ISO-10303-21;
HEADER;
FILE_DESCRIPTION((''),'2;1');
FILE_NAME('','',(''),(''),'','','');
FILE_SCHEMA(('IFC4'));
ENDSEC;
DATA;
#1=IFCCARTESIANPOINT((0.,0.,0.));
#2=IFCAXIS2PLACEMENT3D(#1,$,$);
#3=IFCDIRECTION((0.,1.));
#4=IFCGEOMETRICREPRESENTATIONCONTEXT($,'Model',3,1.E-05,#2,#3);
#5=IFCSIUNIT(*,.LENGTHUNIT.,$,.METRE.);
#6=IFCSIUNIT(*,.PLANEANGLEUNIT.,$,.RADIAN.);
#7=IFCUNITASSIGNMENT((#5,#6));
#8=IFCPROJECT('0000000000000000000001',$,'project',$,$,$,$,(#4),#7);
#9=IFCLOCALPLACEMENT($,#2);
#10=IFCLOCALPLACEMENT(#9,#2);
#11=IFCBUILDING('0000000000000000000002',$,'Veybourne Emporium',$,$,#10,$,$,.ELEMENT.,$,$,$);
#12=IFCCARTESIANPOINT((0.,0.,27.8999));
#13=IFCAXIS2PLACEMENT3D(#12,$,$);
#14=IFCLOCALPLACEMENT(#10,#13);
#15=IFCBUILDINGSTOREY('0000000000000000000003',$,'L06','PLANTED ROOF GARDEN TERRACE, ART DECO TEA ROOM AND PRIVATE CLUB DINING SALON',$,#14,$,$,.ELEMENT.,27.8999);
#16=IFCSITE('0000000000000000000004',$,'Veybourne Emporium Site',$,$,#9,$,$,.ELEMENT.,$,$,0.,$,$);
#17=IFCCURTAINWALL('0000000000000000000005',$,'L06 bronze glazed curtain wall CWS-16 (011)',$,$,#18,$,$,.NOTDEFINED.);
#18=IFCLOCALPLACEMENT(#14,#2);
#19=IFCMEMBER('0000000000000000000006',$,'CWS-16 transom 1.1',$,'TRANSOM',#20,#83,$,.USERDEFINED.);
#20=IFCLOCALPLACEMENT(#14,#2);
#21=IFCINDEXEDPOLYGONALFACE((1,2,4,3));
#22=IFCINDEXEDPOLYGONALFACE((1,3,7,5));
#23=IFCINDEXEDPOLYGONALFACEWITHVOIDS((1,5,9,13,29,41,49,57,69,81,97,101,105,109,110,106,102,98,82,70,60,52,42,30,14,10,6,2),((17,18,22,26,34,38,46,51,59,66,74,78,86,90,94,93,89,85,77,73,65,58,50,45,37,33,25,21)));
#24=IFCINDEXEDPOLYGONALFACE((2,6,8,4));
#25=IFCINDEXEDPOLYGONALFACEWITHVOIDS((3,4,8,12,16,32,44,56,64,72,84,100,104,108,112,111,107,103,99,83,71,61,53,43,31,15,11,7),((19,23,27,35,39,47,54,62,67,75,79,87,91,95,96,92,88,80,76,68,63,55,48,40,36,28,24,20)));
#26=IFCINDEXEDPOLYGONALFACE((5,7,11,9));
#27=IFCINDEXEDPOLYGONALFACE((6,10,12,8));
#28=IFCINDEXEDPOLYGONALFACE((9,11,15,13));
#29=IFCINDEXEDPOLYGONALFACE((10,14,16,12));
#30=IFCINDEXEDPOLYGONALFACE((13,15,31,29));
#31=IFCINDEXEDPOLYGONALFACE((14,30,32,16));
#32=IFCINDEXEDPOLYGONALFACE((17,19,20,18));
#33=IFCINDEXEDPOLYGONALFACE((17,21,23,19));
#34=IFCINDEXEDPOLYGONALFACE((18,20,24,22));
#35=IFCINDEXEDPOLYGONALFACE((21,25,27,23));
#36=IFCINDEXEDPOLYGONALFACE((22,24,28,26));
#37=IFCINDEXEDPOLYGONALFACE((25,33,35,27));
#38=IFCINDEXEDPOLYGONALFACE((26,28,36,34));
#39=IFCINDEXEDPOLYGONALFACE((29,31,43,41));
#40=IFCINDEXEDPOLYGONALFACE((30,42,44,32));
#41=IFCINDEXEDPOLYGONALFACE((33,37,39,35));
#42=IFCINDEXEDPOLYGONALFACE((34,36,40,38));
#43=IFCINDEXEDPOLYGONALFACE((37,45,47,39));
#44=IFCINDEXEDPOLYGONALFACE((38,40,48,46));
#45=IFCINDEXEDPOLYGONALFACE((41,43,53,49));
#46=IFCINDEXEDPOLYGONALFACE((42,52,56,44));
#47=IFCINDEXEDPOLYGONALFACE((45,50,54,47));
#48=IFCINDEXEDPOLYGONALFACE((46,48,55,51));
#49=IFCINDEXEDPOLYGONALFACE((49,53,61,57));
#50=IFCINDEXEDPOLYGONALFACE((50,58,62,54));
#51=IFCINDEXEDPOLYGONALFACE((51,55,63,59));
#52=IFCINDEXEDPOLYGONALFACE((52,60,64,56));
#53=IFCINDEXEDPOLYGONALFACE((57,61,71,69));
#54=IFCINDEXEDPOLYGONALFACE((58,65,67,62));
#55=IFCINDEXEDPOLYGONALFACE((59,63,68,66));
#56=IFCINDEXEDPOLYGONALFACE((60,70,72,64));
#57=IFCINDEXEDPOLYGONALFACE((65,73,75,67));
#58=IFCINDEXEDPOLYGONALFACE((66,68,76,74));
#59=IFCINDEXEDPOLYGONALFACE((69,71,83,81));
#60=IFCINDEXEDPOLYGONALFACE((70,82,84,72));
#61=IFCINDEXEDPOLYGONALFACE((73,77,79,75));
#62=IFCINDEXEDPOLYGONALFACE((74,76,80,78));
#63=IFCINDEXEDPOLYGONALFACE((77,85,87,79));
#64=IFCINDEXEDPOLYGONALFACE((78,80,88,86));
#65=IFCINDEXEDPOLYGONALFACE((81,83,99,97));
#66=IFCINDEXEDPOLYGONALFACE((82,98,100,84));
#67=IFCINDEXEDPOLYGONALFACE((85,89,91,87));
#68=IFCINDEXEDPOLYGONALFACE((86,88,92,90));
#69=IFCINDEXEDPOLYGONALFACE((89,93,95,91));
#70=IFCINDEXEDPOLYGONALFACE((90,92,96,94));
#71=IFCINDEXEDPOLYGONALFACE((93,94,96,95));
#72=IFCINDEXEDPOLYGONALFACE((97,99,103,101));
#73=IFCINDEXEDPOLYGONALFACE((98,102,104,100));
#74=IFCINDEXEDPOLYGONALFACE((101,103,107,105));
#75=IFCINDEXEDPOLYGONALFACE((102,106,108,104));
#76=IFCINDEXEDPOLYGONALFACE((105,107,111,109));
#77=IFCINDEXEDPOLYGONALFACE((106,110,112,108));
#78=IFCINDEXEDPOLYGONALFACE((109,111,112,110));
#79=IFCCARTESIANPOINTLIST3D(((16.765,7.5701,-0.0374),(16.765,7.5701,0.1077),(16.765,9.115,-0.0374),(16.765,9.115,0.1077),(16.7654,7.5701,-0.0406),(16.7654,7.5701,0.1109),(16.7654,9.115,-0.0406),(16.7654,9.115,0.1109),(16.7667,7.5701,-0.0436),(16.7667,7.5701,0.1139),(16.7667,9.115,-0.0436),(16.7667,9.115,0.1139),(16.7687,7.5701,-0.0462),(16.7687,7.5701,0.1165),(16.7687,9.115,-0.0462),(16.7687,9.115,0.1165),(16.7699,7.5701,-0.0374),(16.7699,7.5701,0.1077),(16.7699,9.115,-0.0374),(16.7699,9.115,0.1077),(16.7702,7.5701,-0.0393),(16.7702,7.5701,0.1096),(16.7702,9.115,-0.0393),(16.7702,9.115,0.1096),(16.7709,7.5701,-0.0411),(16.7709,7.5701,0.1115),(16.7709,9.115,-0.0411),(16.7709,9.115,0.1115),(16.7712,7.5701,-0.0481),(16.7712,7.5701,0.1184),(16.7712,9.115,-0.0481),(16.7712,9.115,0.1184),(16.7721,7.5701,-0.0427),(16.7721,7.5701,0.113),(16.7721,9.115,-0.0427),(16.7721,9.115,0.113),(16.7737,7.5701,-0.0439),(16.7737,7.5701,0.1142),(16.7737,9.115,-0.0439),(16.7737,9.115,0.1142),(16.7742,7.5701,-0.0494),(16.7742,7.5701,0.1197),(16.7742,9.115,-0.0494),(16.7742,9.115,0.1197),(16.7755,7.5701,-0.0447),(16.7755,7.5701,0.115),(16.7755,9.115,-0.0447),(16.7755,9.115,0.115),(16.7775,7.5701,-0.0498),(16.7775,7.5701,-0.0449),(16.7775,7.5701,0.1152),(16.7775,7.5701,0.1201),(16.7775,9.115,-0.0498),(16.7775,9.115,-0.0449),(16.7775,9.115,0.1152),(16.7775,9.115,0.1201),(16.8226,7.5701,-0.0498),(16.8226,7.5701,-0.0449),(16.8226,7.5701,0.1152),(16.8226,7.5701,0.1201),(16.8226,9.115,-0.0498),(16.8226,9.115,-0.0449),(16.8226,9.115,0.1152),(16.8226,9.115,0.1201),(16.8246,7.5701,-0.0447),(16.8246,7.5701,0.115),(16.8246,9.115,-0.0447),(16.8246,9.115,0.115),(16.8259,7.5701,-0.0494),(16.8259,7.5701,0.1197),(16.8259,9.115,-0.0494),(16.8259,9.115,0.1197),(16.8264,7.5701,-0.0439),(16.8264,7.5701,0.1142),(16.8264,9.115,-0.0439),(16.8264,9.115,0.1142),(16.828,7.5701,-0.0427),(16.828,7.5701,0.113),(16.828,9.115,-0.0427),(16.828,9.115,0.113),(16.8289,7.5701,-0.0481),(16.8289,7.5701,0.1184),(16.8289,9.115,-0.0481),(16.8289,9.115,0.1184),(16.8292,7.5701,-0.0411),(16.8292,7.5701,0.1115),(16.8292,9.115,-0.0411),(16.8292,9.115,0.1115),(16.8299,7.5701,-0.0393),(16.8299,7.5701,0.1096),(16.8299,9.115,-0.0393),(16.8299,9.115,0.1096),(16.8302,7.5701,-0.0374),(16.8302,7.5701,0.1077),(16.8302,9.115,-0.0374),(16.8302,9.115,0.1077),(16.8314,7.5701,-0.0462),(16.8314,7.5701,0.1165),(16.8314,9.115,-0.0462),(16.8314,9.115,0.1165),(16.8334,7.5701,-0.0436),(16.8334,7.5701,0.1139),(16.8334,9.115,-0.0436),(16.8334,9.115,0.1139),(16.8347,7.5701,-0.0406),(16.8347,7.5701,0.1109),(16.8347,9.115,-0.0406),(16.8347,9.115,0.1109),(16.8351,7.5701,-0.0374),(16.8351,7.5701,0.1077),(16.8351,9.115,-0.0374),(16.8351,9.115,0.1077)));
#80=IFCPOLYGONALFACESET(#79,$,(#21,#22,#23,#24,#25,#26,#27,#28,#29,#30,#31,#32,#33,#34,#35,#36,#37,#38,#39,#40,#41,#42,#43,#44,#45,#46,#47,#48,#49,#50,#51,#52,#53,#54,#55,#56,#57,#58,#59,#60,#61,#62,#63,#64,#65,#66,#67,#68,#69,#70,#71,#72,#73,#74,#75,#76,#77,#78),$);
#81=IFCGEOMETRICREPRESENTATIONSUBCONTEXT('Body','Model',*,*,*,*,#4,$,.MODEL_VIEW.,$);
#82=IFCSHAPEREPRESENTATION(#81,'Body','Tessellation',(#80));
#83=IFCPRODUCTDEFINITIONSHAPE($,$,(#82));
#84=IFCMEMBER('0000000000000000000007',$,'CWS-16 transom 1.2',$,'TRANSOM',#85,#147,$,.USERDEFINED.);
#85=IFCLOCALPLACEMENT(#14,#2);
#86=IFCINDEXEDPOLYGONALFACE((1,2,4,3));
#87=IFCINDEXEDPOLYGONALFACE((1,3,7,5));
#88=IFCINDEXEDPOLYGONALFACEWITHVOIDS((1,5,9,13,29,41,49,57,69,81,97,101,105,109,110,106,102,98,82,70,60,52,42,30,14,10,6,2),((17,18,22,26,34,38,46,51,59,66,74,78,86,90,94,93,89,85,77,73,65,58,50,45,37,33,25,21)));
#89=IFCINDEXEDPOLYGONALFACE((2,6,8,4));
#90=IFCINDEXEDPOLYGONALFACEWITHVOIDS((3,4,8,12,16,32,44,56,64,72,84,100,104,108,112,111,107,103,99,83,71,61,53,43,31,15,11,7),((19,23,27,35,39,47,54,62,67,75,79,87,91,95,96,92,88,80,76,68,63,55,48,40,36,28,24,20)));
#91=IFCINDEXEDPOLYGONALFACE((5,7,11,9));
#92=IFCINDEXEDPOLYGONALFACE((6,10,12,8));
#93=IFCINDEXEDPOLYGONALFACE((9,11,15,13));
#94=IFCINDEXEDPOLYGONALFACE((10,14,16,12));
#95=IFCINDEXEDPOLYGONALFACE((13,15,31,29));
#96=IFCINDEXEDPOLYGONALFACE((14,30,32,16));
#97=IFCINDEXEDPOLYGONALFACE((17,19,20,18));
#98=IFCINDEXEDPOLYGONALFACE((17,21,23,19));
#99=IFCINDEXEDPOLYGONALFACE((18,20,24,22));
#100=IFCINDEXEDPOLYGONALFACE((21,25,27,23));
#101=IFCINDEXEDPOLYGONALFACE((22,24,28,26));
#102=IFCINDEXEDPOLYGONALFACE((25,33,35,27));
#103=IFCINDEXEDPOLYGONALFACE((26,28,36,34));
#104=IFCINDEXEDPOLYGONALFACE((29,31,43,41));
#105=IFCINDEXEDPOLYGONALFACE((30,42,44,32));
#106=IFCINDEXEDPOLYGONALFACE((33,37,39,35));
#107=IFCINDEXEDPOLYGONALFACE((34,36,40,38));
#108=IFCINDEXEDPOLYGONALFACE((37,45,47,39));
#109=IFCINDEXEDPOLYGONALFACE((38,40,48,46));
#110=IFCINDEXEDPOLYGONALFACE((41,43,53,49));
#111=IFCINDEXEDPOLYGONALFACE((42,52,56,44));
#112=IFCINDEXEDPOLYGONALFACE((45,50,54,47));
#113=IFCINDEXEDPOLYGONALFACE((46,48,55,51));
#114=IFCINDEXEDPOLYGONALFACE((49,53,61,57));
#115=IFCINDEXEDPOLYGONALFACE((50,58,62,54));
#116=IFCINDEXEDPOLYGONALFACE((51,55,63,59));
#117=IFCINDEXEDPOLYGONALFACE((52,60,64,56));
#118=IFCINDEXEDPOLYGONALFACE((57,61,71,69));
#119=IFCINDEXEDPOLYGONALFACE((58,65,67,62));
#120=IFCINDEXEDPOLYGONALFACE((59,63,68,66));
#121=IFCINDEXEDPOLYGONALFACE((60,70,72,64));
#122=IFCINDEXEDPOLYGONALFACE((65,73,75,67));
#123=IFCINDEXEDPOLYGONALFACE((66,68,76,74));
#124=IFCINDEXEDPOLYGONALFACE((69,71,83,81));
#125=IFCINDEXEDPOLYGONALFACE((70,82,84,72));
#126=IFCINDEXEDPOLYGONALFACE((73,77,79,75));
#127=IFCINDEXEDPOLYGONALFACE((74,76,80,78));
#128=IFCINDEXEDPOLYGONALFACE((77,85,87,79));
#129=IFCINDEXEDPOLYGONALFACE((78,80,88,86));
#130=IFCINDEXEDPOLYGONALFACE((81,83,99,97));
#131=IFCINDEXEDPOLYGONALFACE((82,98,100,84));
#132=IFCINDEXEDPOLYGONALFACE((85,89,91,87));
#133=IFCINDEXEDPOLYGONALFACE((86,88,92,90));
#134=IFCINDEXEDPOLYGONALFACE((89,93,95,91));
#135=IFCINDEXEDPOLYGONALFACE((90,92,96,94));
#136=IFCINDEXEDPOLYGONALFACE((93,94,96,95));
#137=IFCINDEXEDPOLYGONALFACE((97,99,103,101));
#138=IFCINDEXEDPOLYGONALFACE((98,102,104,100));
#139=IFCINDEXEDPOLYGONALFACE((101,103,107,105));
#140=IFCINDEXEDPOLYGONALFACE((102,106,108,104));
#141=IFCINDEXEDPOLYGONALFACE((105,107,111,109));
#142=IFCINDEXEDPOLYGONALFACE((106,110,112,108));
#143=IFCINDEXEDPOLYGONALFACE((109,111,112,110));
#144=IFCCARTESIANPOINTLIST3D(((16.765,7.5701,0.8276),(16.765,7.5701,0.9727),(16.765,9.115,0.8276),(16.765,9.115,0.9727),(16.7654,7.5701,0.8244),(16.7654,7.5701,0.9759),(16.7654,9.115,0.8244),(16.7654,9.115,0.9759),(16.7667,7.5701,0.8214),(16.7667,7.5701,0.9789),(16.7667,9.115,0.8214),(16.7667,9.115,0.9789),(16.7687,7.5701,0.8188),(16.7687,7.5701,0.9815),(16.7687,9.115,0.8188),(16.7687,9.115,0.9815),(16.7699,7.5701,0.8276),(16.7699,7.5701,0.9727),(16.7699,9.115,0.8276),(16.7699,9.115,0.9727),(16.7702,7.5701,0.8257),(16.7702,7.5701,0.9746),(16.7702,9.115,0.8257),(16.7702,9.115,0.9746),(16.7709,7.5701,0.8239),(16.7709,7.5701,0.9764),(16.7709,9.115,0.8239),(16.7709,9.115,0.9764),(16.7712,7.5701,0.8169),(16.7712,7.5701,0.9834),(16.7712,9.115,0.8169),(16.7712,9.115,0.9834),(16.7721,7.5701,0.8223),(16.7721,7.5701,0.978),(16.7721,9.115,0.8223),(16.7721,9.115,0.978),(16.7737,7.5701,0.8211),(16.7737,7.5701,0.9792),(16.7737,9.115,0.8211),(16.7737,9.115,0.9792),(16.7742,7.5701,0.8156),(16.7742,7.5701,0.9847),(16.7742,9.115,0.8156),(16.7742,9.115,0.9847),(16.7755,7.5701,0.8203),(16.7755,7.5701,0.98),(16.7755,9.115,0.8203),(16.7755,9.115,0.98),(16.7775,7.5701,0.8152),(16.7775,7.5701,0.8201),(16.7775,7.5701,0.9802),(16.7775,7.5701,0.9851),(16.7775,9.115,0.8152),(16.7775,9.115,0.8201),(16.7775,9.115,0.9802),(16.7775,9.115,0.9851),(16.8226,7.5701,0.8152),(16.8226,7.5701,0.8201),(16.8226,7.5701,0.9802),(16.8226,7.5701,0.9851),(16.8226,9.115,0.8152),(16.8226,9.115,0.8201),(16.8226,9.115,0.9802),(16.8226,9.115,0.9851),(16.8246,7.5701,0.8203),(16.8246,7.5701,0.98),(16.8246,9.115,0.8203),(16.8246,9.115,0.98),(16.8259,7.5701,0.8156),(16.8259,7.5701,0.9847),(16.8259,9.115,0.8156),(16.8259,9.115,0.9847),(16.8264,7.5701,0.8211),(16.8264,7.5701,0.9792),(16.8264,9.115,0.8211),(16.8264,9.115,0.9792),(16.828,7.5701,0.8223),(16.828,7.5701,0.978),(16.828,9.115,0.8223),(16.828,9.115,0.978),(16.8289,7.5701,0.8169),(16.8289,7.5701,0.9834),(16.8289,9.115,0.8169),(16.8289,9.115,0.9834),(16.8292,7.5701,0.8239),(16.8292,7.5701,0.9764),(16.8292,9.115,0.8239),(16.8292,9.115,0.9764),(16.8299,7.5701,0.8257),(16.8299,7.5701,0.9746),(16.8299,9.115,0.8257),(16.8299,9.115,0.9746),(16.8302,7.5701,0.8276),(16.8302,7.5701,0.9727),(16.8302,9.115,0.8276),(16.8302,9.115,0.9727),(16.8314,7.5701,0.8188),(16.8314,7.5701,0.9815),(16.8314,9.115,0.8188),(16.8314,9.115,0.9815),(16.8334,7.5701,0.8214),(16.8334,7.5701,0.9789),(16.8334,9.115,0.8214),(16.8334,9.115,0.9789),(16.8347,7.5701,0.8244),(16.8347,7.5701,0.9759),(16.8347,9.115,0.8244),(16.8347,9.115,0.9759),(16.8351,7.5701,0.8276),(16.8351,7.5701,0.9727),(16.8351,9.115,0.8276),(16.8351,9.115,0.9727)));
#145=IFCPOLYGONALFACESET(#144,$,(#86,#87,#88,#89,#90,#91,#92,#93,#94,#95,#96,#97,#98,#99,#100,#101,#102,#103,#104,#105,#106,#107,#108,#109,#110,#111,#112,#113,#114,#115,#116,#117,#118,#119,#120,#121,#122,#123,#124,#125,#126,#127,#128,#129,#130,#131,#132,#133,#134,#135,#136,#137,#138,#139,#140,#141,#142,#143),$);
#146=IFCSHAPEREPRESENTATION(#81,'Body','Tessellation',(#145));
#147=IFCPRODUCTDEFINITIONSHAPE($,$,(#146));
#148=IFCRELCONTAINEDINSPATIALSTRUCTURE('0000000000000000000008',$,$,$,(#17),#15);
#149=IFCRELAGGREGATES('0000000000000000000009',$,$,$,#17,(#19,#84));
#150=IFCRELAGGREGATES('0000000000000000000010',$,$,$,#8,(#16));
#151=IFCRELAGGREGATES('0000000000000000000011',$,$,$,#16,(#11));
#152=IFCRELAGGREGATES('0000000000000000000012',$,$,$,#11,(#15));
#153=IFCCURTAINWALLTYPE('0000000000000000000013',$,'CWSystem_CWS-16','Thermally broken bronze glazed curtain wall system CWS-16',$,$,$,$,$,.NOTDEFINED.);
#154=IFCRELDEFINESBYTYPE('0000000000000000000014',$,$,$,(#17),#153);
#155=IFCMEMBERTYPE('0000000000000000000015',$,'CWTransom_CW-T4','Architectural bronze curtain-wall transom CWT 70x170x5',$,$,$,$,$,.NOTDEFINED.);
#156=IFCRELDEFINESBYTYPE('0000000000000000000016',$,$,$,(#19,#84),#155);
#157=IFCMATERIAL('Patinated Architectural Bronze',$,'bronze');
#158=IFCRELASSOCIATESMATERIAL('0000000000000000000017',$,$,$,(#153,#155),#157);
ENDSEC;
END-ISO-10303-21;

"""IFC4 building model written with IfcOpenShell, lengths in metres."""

from ifc_helpers import new_model, si_unit, direction, frame, origin, origin_2d, place, context, subcontext, project, spatial, hollow_rectangle, extrude, material, material_profile, profile_set, type_object, element, aggregate, save


model = new_model("IFC4")

# Units and contexts
model_context = context("Model", 3, precision=1e-05, world=origin(), true_north=direction((0.0, 1.0)))
body_context = subcontext(model_context, "Body", "Model", "MODEL_VIEW")
ifc_project = project(units=[si_unit("LENGTHUNIT", "METRE"), si_unit("PLANEANGLEUNIT", "RADIAN")], contexts=[model_context])

# Site, building, storey
site_placement = place(None, origin())
site = spatial("IfcSite", under=ifc_project, at=site_placement, Name="Veybourne Emporium Site", CompositionType="ELEMENT", RefElevation=0.0)
building_placement = place(site_placement, origin())
building = spatial("IfcBuilding", under=site, at=building_placement, Name="Veybourne Emporium", CompositionType="ELEMENT")
storey_placement = place(building_placement, frame((0.0, 0.0, 27.8999)))
storey = spatial("IfcBuildingStorey", under=building, at=storey_placement, Name="L06", Description="PLANTED ROOF GARDEN TERRACE, ART DECO TEA ROOM AND PRIVATE CLUB DINING SALON", CompositionType="ELEMENT", Elevation=27.8999)

# Curtain wall
ifc_material_1 = material(Name="Patinated Architectural Bronze", Category="bronze")
curtain_wall_type_1 = type_object("IfcCurtainWallType", Name="CWSystem_CWS-16", Description="Thermally broken bronze glazed curtain wall system CWS-16", PredefinedType="NOTDEFINED", material=ifc_material_1)
curtain_wall_1_placement = place(storey_placement, origin())
curtain_wall_1 = element("IfcCurtainWall", 1, at=curtain_wall_1_placement, inside=storey, type_object=curtain_wall_type_1, Name="L06 bronze glazed curtain wall CWS-16 (011)", PredefinedType="NOTDEFINED")

# Members
ifc_material_profile_1 = material_profile(ifc_material_1, hollow_rectangle(XDim=0.0701, YDim=0.1699, WallThickness=0.0049, InnerFilletRadius=0.0076, OuterFilletRadius=0.0125, at=origin_2d()), Name="CWT 70x170x5")
ifc_profile_set_1 = profile_set([ifc_material_profile_1], Name="Patinated Architectural Bronze")
member_type_1 = type_object("IfcMemberType", Name="CWTransom_CW-T4", Description="Architectural bronze curtain-wall transom CWT 70x170x5", PredefinedType="NOTDEFINED", material=ifc_profile_set_1)
member_1_placement = place(storey_placement, frame((16.8, 7.5701, 0.0352), z_axis=(0.0, 1.0, 0.0), x_axis=(-1.0, 0.0, 0.0)))
member_1 = element("IfcMember", 2, at=member_1_placement, type_object=member_type_1, Name="CWS-16 transom 1.1", ObjectType="TRANSOM", PredefinedType="USERDEFINED", context=body_context, shape_type="SweptSolid", body=[
    extrude(hollow_rectangle(XDim=0.0701, YDim=0.1699, WallThickness=0.0049, InnerFilletRadius=0.0076, OuterFilletRadius=0.0125, at=origin_2d()), origin(), (0.0, 0.0, 1.0), 1.5449),
])
member_2_placement = place(storey_placement, frame((16.8, 7.5701, 0.9001), z_axis=(0.0, 1.0, 0.0), x_axis=(-1.0, 0.0, 0.0)))
member_2 = element("IfcMember", 3, at=member_2_placement, type_object=member_type_1, Name="CWS-16 transom 1.2", ObjectType="TRANSOM", PredefinedType="USERDEFINED", context=body_context, shape_type="SweptSolid", body=[
    extrude(hollow_rectangle(XDim=0.0701, YDim=0.1699, WallThickness=0.0049, InnerFilletRadius=0.0076, OuterFilletRadius=0.0125, at=origin_2d()), origin(), (0.0, 0.0, 1.0), 1.5449),
])

aggregate(curtain_wall_1, [member_1, member_2])

save(model, "model.ifc")
